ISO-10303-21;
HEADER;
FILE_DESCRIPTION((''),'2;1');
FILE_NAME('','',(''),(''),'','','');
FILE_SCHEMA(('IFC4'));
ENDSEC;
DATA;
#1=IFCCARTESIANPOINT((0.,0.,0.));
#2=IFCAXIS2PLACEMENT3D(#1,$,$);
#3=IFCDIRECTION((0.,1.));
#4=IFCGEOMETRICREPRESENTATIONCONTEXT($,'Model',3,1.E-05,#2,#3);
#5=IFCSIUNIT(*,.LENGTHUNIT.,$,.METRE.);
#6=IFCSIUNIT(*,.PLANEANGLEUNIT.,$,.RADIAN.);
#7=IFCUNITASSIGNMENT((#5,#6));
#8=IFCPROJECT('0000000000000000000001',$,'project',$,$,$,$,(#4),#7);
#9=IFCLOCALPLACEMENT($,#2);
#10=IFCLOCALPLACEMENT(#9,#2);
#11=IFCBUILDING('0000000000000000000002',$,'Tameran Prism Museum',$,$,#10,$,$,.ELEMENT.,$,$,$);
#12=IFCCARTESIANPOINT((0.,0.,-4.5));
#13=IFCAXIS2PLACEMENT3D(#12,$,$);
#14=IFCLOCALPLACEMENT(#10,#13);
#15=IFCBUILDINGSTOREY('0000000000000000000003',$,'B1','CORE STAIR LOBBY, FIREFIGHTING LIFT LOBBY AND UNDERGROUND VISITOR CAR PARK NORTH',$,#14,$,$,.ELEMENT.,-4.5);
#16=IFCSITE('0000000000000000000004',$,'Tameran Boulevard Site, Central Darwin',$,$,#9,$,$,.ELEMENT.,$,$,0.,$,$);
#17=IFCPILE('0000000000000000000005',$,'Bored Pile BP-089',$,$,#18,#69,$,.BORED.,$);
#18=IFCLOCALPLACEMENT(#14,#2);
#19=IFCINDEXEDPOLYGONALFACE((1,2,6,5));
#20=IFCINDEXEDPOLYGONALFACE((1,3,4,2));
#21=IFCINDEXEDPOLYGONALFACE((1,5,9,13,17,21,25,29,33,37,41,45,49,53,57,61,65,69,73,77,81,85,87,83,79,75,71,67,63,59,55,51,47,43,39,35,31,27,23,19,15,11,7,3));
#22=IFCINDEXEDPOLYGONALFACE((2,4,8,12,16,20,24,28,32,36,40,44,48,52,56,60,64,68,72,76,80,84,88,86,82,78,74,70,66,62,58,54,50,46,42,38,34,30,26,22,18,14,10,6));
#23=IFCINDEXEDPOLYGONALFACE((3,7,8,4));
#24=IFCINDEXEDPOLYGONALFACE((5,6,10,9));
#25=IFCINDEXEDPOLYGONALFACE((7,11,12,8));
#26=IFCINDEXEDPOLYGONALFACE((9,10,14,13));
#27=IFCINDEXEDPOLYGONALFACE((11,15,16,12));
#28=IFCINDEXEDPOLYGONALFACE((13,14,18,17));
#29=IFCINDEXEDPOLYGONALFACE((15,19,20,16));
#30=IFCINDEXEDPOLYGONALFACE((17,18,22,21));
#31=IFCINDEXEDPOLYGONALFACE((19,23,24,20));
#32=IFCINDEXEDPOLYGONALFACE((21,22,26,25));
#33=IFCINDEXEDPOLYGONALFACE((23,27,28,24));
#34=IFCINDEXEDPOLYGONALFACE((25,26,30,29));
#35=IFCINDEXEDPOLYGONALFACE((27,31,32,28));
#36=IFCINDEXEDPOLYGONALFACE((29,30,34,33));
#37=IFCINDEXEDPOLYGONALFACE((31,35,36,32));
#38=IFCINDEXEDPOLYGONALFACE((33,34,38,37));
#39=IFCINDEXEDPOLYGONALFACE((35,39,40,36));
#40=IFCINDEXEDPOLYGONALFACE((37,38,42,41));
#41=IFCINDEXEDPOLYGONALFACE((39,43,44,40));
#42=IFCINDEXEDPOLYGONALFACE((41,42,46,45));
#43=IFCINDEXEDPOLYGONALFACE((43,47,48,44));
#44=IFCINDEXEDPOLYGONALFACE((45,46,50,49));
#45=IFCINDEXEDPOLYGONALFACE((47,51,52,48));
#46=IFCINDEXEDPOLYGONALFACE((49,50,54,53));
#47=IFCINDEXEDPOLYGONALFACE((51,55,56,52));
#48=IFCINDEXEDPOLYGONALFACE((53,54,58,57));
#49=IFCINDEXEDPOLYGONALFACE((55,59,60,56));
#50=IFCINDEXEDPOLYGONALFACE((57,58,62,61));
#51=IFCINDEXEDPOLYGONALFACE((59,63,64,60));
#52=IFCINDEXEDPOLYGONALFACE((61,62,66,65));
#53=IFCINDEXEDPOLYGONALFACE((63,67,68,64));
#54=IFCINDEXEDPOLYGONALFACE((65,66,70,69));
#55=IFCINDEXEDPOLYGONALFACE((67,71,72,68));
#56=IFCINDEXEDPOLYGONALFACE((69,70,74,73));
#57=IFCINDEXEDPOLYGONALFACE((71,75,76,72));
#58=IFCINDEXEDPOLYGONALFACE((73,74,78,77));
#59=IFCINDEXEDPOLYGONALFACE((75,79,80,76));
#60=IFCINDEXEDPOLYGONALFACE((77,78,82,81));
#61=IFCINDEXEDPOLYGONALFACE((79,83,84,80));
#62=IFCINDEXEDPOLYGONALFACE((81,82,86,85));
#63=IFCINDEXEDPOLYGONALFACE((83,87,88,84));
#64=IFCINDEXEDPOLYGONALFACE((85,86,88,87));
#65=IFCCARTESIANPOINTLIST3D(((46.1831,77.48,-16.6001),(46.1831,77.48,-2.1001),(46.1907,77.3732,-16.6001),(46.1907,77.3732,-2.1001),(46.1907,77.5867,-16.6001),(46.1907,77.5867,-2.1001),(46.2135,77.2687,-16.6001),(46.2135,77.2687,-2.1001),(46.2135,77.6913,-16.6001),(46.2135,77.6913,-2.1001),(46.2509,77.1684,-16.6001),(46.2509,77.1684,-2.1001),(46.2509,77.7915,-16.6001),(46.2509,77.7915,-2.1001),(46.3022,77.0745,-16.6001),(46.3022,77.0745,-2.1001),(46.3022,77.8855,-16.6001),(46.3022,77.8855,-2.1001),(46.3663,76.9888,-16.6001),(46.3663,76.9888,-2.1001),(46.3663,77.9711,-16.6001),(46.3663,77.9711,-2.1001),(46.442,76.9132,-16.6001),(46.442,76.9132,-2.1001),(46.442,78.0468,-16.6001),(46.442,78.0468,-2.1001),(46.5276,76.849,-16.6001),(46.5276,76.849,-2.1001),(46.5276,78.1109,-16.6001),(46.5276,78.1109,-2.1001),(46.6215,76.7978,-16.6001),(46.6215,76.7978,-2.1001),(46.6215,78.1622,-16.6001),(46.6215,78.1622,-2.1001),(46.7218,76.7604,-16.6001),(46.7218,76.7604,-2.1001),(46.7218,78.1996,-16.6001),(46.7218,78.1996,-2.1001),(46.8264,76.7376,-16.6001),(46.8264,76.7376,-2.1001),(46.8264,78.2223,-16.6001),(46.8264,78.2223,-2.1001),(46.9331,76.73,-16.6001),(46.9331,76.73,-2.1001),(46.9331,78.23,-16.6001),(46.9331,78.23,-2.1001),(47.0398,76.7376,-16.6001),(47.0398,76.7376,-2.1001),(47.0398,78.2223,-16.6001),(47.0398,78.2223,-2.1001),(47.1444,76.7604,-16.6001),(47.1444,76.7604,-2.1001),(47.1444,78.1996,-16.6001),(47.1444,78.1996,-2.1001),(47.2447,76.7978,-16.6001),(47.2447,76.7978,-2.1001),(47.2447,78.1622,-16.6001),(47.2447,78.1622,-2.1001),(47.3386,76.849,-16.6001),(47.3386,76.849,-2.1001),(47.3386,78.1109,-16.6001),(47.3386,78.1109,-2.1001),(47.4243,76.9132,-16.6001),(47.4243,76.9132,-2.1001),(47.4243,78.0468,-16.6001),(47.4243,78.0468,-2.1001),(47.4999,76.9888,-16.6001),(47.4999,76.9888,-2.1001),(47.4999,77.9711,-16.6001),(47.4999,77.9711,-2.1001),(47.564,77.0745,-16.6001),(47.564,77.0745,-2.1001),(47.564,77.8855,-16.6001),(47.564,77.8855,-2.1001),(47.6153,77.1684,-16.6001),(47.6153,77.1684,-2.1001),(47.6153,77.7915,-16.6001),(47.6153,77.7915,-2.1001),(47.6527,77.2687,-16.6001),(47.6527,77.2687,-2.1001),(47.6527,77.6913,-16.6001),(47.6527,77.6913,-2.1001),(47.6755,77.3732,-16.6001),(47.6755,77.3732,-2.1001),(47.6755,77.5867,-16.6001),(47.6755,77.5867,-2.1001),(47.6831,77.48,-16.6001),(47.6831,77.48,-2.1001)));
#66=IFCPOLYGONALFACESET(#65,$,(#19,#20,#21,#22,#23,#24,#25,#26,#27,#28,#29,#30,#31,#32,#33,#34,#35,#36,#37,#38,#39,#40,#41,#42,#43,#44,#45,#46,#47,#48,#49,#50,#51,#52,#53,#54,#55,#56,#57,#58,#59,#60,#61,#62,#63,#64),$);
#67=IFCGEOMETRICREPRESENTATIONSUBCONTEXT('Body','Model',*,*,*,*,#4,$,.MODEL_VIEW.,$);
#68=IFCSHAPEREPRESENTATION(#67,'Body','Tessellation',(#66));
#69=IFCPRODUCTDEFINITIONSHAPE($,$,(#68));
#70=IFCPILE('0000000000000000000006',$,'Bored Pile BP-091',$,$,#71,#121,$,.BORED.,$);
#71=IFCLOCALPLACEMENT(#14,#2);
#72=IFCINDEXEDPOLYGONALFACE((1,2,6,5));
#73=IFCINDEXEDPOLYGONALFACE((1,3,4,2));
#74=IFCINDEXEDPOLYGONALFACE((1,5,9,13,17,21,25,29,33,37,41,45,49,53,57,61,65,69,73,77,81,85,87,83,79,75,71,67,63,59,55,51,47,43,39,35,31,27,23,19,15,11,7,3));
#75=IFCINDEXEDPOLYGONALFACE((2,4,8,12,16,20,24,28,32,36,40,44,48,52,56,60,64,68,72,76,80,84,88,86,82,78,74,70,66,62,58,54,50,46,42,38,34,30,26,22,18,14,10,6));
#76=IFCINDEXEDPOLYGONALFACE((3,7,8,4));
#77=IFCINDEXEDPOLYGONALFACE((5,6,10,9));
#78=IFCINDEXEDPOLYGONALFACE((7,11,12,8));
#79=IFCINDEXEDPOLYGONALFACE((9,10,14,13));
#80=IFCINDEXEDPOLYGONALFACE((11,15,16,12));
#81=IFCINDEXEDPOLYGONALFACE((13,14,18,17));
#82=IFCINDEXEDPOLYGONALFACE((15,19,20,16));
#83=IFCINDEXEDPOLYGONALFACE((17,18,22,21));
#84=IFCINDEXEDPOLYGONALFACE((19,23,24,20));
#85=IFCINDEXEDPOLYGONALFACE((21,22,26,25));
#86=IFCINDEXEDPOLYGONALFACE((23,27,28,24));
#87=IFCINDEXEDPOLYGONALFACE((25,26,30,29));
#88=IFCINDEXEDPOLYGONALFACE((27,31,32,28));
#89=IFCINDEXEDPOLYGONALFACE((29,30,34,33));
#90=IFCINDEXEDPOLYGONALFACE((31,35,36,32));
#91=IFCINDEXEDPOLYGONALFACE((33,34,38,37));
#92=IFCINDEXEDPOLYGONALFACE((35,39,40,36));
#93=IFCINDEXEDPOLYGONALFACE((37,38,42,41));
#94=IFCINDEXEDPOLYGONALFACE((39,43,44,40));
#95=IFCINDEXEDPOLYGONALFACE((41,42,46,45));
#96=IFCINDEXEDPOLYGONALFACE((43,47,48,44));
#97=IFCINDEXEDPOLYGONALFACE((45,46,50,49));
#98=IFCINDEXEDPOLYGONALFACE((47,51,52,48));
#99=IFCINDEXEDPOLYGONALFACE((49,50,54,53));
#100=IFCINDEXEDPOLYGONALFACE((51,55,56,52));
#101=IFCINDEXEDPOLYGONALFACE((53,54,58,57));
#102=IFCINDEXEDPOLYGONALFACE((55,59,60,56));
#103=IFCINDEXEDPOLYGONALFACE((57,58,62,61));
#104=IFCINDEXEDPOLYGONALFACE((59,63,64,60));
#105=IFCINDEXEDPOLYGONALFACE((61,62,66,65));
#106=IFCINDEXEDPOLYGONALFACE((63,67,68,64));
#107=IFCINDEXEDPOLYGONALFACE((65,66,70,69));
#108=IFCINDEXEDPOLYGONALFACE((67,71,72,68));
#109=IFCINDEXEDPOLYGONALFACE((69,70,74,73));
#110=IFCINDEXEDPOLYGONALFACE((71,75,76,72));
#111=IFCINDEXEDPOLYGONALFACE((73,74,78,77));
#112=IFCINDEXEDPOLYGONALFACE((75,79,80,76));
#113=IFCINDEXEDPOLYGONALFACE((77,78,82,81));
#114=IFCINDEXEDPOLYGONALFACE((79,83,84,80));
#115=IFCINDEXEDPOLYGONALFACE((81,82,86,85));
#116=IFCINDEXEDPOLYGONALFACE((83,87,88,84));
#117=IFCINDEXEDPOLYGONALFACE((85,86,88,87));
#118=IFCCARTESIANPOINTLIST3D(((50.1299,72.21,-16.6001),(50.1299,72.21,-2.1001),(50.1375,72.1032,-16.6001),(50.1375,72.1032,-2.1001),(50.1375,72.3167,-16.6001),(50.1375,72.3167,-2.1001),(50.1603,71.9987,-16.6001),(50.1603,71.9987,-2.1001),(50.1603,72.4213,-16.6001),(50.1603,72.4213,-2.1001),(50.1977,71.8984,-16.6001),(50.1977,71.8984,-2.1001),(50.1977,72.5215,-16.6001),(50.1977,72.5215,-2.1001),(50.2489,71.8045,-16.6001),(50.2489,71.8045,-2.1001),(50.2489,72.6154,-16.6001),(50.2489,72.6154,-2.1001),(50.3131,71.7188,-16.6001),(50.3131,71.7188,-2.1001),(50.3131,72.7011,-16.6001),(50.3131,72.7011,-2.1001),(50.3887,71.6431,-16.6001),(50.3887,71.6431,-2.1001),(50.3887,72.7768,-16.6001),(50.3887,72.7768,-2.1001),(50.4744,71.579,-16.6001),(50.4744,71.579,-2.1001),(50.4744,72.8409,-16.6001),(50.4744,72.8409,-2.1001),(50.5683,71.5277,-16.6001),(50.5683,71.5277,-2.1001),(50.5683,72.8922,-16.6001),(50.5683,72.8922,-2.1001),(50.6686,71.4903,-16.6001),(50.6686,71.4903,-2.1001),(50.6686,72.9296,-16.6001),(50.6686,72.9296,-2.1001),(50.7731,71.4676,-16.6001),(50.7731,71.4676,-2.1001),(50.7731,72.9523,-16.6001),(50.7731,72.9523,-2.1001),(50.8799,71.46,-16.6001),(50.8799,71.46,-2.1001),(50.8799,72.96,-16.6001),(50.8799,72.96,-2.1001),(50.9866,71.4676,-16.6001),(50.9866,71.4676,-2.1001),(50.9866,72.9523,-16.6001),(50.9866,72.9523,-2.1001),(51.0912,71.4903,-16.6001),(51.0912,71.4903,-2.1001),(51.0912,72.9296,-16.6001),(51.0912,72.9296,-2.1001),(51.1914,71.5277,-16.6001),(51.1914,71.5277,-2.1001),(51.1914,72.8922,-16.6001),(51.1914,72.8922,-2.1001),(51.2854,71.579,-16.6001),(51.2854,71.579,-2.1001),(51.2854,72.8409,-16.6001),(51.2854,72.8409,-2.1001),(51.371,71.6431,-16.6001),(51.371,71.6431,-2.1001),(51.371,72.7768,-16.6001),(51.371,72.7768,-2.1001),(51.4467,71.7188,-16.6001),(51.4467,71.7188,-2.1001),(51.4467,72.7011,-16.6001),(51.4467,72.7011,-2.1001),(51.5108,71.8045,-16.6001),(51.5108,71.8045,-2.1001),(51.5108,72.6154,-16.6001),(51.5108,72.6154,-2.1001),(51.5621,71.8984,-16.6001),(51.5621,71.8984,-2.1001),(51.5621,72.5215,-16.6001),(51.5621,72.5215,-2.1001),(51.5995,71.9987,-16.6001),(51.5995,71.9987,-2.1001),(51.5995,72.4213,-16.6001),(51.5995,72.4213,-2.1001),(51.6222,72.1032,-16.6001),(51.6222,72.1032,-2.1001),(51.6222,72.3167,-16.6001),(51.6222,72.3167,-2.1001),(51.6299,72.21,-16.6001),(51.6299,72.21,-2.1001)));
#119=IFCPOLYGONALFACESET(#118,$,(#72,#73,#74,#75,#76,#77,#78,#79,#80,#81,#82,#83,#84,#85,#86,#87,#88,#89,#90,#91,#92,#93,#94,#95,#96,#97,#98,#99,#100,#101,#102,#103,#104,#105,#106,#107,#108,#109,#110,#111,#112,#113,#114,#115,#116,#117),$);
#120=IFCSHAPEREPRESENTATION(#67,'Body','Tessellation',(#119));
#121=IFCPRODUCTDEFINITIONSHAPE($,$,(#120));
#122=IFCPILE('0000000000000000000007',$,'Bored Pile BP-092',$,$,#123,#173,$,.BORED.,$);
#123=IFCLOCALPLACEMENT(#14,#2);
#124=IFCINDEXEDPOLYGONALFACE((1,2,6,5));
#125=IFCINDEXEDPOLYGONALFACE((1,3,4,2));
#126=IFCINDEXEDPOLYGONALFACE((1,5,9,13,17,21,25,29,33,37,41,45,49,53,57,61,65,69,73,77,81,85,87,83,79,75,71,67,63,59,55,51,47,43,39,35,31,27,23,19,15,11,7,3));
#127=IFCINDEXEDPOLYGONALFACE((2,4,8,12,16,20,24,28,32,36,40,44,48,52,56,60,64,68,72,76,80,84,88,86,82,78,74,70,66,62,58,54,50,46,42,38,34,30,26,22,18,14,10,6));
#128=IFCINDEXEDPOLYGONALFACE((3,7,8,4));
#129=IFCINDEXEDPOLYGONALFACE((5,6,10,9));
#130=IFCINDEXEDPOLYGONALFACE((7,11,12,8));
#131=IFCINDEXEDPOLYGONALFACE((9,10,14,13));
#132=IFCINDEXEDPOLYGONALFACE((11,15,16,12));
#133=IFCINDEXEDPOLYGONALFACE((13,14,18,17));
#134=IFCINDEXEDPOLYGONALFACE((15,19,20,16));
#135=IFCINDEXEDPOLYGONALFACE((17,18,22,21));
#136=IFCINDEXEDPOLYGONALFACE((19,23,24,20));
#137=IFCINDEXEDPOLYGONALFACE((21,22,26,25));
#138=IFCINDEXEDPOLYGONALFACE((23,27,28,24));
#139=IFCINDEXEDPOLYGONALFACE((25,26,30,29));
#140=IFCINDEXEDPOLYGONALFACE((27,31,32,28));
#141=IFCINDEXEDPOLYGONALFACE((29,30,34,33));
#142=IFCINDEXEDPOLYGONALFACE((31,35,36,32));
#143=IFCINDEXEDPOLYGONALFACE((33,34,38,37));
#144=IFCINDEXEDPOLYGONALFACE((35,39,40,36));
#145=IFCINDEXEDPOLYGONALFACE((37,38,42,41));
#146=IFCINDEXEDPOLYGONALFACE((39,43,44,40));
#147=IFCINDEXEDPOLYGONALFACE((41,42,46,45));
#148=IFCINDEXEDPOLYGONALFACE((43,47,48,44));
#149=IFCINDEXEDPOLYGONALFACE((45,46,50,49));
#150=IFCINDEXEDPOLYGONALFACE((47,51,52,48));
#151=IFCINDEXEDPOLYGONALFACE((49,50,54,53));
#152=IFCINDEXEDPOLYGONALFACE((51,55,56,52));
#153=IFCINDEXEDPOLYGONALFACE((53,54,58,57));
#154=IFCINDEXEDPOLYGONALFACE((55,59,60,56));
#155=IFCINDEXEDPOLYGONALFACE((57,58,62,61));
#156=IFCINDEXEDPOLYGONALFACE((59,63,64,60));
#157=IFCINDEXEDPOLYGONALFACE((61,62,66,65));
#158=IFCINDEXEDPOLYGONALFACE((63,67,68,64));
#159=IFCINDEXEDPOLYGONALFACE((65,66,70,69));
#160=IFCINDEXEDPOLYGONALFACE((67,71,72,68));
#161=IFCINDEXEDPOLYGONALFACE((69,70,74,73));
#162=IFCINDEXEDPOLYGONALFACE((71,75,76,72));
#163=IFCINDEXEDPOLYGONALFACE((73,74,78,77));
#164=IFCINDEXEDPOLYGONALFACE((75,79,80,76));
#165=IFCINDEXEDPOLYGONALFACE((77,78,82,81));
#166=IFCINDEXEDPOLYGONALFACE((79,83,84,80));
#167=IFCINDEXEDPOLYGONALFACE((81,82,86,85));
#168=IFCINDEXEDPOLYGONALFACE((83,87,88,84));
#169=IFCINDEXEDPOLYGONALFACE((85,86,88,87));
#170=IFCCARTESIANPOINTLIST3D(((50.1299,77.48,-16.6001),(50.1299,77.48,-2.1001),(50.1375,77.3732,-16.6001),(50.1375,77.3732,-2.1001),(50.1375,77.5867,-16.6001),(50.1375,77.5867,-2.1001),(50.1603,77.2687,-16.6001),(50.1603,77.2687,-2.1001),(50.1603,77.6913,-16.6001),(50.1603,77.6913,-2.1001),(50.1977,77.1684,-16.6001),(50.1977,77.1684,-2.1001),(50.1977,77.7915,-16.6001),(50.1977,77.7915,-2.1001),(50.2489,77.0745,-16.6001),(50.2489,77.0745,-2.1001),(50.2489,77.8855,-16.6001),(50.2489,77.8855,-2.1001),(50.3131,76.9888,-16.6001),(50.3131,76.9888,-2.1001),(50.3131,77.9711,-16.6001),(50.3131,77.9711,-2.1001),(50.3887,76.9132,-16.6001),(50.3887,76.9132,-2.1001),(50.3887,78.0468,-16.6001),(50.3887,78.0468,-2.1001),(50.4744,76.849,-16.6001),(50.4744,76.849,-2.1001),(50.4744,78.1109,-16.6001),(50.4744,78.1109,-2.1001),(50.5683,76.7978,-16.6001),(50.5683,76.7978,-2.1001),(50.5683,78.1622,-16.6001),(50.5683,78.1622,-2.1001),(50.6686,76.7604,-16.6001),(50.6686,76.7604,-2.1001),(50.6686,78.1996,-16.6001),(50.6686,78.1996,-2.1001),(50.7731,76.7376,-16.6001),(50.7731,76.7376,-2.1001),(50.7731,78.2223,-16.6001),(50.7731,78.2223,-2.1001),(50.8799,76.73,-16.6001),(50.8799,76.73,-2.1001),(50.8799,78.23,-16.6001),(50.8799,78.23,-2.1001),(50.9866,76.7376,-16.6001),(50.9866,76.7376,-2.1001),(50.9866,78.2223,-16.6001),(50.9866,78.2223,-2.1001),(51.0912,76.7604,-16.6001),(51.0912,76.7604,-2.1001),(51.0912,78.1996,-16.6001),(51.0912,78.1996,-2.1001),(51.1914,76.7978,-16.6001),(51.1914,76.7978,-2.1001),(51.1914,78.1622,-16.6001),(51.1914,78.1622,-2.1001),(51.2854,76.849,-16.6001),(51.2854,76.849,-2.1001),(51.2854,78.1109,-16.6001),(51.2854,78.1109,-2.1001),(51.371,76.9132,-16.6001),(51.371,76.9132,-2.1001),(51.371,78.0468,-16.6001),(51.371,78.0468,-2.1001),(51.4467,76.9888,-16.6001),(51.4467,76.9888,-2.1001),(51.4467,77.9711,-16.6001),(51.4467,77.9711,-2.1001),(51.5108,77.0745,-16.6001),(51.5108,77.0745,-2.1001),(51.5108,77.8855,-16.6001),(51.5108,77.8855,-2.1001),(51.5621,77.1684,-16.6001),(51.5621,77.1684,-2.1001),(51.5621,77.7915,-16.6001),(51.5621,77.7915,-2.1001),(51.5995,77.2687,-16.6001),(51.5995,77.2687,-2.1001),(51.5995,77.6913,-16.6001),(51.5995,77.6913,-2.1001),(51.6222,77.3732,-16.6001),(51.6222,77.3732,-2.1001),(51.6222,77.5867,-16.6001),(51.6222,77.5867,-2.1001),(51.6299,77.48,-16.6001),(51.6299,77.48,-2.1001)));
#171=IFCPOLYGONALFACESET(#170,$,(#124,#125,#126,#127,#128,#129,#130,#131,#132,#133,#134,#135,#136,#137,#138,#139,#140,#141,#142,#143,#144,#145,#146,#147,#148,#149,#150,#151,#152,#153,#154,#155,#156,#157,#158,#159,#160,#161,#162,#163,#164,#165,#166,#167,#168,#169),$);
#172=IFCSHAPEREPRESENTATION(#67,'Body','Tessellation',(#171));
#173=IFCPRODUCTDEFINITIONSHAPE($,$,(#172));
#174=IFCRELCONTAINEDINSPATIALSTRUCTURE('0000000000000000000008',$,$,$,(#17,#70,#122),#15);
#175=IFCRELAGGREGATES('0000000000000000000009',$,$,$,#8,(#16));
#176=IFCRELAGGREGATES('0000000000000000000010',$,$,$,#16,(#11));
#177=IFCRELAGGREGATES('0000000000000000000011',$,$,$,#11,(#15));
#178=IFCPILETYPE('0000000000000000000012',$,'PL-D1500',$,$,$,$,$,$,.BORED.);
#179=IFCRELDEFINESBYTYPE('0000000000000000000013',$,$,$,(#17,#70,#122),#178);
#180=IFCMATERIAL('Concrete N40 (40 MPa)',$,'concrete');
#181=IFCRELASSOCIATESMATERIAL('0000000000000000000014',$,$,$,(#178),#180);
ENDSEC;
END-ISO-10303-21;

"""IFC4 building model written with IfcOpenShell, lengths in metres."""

from ifc_helpers import new_model, si_unit, direction, frame, origin, origin_2d, place, context, subcontext, project, spatial, circle, extrude, material, material_profile, profile_set, type_object, element, save


model = new_model("IFC4")

# Units and contexts
model_context = context("Model", 3, precision=1e-05, world=origin(), true_north=direction((0.0, 1.0)))
body_context = subcontext(model_context, "Body", "Model", "MODEL_VIEW")
ifc_project = project(units=[si_unit("LENGTHUNIT", "METRE"), si_unit("PLANEANGLEUNIT", "RADIAN")], contexts=[model_context])

# Site, building, storey
site_placement = place(None, origin())
site = spatial("IfcSite", under=ifc_project, at=site_placement, Name="Tameran Boulevard Site, Central Darwin", CompositionType="ELEMENT", RefElevation=0.0)
building_placement = place(site_placement, origin())
building = spatial("IfcBuilding", under=site, at=building_placement, Name="Tameran Prism Museum", CompositionType="ELEMENT")
storey_placement = place(building_placement, frame((0.0, 0.0, -4.5)))
storey = spatial("IfcBuildingStorey", under=building, at=storey_placement, Name="B1", Description="CORE STAIR LOBBY, FIREFIGHTING LIFT LOBBY AND UNDERGROUND VISITOR CAR PARK NORTH", CompositionType="ELEMENT", Elevation=-4.5)

# Piles
ifc_material_1 = material(Name="Concrete N40 (40 MPa)", Category="concrete")
ifc_material_profile_1 = material_profile(ifc_material_1, circle(Radius=0.75, at=origin_2d()))
ifc_profile_set_1 = profile_set([ifc_material_profile_1])
pile_type_1 = type_object("IfcPileType", Name="PL-D1500", PredefinedType="BORED", material=ifc_profile_set_1)
for number, where, z_axis, x_axis, name in (
    (1, (46.9331, 77.48, -2.1001), (0.0, 0.0, -1.0), (1.0, 0.0, 0.0), "Bored Pile BP-089"),
    (2, (50.8799, 72.21, -2.1001), (0.0, 0.0, -1.0), (1.0, 0.0, 0.0), "Bored Pile BP-091"),
    (3, (50.8799, 77.48, -2.1001), (0.0, 0.0, -1.0), (1.0, 0.0, 0.0), "Bored Pile BP-092"),
):
    element("IfcPile", number, at=place(storey_placement, frame(where, z_axis=z_axis, x_axis=x_axis)), inside=storey, type_object=pile_type_1, Name=name, PredefinedType="BORED", context=body_context, shape_type="SweptSolid", body=[
        extrude(circle(Radius=0.75, at=origin_2d()), origin(), (0.0, 0.0, 1.0), 14.5),
    ])

save(model, "model.ifc")
